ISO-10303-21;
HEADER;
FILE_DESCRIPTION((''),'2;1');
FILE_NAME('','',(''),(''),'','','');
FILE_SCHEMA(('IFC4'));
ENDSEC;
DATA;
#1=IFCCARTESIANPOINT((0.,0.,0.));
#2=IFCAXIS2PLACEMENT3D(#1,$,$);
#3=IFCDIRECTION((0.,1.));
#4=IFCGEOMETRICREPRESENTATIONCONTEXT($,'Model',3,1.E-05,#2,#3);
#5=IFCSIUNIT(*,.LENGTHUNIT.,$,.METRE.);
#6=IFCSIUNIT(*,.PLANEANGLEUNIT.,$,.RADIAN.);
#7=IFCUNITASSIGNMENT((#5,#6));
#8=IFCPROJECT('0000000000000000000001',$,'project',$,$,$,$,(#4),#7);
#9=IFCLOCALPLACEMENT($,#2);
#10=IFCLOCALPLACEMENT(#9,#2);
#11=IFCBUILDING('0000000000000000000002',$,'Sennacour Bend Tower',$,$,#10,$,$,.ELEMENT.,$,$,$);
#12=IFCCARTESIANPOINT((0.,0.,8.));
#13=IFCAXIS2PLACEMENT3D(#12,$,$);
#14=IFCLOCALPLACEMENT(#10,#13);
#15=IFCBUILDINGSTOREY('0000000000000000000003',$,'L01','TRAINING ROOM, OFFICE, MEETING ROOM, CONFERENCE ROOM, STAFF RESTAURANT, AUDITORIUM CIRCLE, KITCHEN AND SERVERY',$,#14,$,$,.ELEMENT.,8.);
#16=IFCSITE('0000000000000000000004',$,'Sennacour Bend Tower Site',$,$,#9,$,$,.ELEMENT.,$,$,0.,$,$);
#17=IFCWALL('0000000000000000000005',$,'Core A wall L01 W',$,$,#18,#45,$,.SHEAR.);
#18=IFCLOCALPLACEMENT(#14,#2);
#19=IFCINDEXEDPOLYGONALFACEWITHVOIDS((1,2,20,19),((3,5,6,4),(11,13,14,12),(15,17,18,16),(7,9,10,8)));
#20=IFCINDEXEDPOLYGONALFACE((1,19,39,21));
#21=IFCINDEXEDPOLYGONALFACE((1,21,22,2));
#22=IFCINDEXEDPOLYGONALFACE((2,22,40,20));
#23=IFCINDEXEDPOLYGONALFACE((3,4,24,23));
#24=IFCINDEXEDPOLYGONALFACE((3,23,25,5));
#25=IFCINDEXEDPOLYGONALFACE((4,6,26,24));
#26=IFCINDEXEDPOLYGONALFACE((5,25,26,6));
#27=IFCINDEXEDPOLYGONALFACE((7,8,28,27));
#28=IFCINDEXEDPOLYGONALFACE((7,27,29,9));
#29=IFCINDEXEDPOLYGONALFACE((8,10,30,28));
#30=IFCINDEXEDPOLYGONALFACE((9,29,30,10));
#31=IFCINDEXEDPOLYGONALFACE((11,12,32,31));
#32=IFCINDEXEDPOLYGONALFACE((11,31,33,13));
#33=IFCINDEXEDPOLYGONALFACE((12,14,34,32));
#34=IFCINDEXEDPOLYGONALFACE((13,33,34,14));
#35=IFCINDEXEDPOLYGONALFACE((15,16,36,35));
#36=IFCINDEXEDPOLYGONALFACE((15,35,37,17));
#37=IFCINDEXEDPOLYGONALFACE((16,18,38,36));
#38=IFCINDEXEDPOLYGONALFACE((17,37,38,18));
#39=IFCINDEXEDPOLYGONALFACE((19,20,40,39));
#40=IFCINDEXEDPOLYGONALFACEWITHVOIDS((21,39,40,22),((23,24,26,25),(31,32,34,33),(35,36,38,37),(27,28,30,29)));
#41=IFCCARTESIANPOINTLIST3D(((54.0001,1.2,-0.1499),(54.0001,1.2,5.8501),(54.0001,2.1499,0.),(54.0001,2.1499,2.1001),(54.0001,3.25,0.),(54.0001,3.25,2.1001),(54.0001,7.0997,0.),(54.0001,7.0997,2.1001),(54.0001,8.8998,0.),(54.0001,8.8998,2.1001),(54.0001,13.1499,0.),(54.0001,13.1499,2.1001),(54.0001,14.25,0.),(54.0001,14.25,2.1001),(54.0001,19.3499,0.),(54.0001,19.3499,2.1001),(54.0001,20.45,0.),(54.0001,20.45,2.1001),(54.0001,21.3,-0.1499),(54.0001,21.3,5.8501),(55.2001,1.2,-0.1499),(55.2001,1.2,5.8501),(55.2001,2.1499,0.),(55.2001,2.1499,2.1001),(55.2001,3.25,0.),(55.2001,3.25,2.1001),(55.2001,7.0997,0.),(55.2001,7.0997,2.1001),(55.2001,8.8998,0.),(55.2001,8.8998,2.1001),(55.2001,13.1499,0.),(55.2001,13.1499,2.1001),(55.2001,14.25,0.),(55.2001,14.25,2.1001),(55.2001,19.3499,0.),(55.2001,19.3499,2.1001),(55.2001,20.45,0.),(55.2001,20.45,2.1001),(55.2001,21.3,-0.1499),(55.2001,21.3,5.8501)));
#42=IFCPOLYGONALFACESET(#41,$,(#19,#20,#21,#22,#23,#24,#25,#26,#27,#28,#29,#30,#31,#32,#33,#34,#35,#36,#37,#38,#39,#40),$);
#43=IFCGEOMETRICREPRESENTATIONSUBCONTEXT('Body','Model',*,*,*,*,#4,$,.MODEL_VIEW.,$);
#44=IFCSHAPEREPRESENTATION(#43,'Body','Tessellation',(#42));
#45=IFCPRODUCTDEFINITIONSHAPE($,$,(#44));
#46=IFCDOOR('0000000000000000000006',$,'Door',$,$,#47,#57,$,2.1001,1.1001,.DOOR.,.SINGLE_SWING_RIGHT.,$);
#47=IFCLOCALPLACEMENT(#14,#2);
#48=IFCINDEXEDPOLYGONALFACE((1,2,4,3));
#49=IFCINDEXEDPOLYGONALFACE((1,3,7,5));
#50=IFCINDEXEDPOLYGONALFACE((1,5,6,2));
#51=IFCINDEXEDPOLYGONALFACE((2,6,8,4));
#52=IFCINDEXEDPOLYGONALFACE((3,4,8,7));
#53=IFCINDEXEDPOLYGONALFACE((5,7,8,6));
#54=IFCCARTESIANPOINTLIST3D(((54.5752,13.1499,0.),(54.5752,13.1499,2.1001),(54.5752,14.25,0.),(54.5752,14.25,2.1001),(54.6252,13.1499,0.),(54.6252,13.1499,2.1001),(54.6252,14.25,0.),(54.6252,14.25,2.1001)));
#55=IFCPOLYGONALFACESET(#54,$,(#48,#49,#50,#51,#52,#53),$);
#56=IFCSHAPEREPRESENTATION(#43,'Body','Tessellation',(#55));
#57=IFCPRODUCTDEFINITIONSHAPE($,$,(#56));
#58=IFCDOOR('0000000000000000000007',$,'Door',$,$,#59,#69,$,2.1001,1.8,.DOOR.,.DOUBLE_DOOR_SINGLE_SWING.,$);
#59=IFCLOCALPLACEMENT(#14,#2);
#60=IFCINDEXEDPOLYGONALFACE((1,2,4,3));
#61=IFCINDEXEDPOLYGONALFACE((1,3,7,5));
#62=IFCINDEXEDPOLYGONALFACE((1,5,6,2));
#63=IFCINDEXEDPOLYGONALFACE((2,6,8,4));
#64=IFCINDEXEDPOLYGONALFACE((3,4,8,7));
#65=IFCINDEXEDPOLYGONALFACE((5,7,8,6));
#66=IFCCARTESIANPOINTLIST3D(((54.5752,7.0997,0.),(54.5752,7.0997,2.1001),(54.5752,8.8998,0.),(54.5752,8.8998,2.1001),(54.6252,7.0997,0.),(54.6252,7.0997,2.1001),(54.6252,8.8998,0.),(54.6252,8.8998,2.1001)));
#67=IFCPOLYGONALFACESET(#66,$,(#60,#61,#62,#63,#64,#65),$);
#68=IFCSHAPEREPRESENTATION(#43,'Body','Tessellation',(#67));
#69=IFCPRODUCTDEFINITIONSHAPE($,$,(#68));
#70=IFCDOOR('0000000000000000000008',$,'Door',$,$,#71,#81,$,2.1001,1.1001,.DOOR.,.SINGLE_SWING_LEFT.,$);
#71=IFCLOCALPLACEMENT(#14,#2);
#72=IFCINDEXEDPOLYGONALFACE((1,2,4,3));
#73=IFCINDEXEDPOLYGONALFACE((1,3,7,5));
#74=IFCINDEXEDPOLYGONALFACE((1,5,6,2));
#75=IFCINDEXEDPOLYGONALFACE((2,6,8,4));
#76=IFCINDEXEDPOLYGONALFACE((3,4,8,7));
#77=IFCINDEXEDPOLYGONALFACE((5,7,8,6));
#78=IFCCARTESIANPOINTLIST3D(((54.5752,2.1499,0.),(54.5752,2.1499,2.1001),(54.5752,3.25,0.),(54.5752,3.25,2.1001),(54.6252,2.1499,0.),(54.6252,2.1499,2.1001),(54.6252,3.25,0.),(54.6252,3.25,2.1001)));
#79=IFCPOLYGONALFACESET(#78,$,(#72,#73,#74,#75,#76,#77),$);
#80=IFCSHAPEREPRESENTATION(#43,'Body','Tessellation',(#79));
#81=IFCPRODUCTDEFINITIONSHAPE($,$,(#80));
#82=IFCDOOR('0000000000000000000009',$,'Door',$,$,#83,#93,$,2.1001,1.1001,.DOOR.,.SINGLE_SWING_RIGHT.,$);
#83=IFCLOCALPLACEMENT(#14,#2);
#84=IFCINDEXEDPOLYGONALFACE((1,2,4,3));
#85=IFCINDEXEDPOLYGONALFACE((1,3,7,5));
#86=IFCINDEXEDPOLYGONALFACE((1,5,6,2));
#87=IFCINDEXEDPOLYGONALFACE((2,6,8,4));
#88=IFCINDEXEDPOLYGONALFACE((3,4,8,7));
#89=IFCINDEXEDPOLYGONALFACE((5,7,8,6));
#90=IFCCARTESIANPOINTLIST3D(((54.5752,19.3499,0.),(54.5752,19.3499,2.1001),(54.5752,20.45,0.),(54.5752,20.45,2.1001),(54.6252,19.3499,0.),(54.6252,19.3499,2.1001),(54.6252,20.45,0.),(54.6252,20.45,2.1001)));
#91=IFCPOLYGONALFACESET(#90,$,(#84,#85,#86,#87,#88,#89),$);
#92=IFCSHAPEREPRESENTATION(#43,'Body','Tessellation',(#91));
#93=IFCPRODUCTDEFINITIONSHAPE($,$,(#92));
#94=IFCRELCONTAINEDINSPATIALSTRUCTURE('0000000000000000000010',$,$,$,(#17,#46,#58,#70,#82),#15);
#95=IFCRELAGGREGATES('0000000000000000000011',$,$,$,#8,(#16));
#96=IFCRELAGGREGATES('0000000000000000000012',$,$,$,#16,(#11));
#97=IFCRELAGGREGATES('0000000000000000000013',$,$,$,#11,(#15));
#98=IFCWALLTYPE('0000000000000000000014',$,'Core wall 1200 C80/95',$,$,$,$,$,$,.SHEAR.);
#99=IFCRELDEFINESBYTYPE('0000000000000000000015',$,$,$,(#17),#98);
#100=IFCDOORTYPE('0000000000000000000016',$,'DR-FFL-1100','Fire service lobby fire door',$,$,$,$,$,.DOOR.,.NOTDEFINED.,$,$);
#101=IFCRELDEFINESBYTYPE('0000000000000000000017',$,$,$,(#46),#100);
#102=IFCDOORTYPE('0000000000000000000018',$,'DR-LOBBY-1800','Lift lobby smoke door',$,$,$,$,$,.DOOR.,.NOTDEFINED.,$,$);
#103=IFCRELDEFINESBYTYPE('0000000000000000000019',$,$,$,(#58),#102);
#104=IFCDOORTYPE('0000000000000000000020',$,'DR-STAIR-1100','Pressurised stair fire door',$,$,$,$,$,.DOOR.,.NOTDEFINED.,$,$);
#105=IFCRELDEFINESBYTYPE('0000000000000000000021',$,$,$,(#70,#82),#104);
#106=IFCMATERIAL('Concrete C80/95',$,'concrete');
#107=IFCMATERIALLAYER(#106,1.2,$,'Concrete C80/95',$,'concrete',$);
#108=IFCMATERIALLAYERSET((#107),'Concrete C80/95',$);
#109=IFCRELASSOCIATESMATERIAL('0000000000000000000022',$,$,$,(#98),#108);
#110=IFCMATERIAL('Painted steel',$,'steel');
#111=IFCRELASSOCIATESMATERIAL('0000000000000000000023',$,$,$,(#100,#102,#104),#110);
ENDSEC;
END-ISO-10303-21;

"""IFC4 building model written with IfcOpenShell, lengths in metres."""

from ifc_helpers import new_model, si_unit, direction, frame, frame_2d, origin, place, context, subcontext, project, spatial, rectangle, extrude, material, layer, layer_set, type_object, element, fill, save


model = new_model("IFC4")

# Units and contexts
model_context = context("Model", 3, precision=1e-05, world=origin(), true_north=direction((0.0, 1.0)))
body_context = subcontext(model_context, "Body", "Model", "MODEL_VIEW")
ifc_project = project(units=[si_unit("LENGTHUNIT", "METRE"), si_unit("PLANEANGLEUNIT", "RADIAN")], contexts=[model_context])

# Site, building, storey
site_placement = place(None, origin())
site = spatial("IfcSite", under=ifc_project, at=site_placement, Name="Sennacour Bend Tower Site", CompositionType="ELEMENT", RefElevation=0.0)
building_placement = place(site_placement, origin())
building = spatial("IfcBuilding", under=site, at=building_placement, Name="Sennacour Bend Tower", CompositionType="ELEMENT")
storey_placement = place(building_placement, frame((0.0, 0.0, 8.0)))
storey = spatial("IfcBuildingStorey", under=building, at=storey_placement, Name="L01", Description="TRAINING ROOM, OFFICE, MEETING ROOM, CONFERENCE ROOM, STAFF RESTAURANT, AUDITORIUM CIRCLE, KITCHEN AND SERVERY", CompositionType="ELEMENT", Elevation=8.0)

# Wall, openings, doors
ifc_material_1 = material(Name="Concrete C80/95", Category="concrete")
ifc_layer_1 = layer(ifc_material_1, 1.2, Name="Concrete C80/95", Category="concrete")
ifc_layer_set_1 = layer_set([ifc_layer_1], Name="Concrete C80/95")
wall_type_1 = type_object("IfcWallType", Name="Core wall 1200 C80/95", PredefinedType="SHEAR", material=ifc_layer_set_1)
wall_1_placement = place(storey_placement, frame((54.6001, 1.2, -0.1499), z_axis=(0.0, 0.0, 1.0), x_axis=(0.0, 1.0, 0.0)))
wall_1 = element("IfcWall", 1, at=wall_1_placement, inside=storey, type_object=wall_type_1, Name="Core A wall L01 W", PredefinedType="SHEAR", context=body_context, shape_type="SweptSolid", body=[
    extrude(rectangle(XDim=20.1001, YDim=1.2, at=frame_2d((10.05, 0.0))), origin(), (0.0, 0.0, 1.0), 6.0),
])
opening_1_placement = place(wall_1_placement, frame((5.8999, 0.0, 0.1499)))
opening_1 = element("IfcOpeningElement", 2, at=opening_1_placement, cuts=wall_1, PredefinedType="OPENING", context=body_context, shape_type="SweptSolid", body=[
    extrude(rectangle(XDim=1.8, YDim=2.1001, at=frame_2d((0.8999, 1.05))), frame((0.0, 0.6099, 0.0), z_axis=(0.0, -1.0, 0.0), x_axis=(1.0, 0.0, 0.0)), (0.0, 0.0, 1.0), 1.22),
])
opening_2_placement = place(wall_1_placement, frame((11.95, 0.0, 0.1499)))
opening_2 = element("IfcOpeningElement", 3, at=opening_2_placement, cuts=wall_1, PredefinedType="OPENING", context=body_context, shape_type="SweptSolid", body=[
    extrude(rectangle(XDim=1.1001, YDim=2.1001, at=frame_2d((0.55, 1.05))), frame((0.0, 0.6099, 0.0), z_axis=(0.0, -1.0, 0.0), x_axis=(1.0, 0.0, 0.0)), (0.0, 0.0, 1.0), 1.22),
])
opening_3_placement = place(wall_1_placement, frame((0.95, 0.0, 0.1499)))
opening_3 = element("IfcOpeningElement", 4, at=opening_3_placement, cuts=wall_1, PredefinedType="OPENING", context=body_context, shape_type="SweptSolid", body=[
    extrude(rectangle(XDim=1.1001, YDim=2.1001, at=frame_2d((0.55, 1.05))), frame((0.0, 0.6099, 0.0), z_axis=(0.0, -1.0, 0.0), x_axis=(1.0, 0.0, 0.0)), (0.0, 0.0, 1.0), 1.22),
])
opening_4_placement = place(wall_1_placement, frame((18.1499, 0.0, 0.1499)))
opening_4 = element("IfcOpeningElement", 5, at=opening_4_placement, cuts=wall_1, PredefinedType="OPENING", context=body_context, shape_type="SweptSolid", body=[
    extrude(rectangle(XDim=1.1001, YDim=2.1001, at=frame_2d((0.55, 1.05))), frame((0.0, 0.6099, 0.0), z_axis=(0.0, -1.0, 0.0), x_axis=(1.0, 0.0, 0.0)), (0.0, 0.0, 1.0), 1.22),
])
ifc_material_2 = material(Name="Painted steel", Category="steel")
door_type_1 = type_object("IfcDoorType", Name="DR-FFL-1100", Description="Fire service lobby fire door", OperationType="NOTDEFINED", PredefinedType="DOOR", material=ifc_material_2)
door_1_placement = place(opening_2_placement, origin())
door_1 = element("IfcDoor", 6, at=door_1_placement, inside=storey, type_object=door_type_1, Name="Door", OperationType="SINGLE_SWING_RIGHT", OverallHeight=2.1001, OverallWidth=1.1001, PredefinedType="DOOR", context=body_context, shape_type="SweptSolid", body=[
    extrude(rectangle(XDim=1.1001, YDim=2.1001, at=frame_2d((0.55, 1.05))), frame((0.0, 0.0249, 0.0), z_axis=(0.0, -1.0, 0.0), x_axis=(1.0, 0.0, 0.0)), (0.0, 0.0, 1.0), 0.05),
])
fill(opening_2, door_1)
door_type_2 = type_object("IfcDoorType", Name="DR-LOBBY-1800", Description="Lift lobby smoke door", OperationType="NOTDEFINED", PredefinedType="DOOR", material=ifc_material_2)
door_2_placement = place(opening_1_placement, origin())
door_2 = element("IfcDoor", 7, at=door_2_placement, inside=storey, type_object=door_type_2, Name="Door", OperationType="DOUBLE_DOOR_SINGLE_SWING", OverallHeight=2.1001, OverallWidth=1.8, PredefinedType="DOOR", context=body_context, shape_type="SweptSolid", body=[
    extrude(rectangle(XDim=1.8, YDim=2.1001, at=frame_2d((0.8999, 1.05))), frame((0.0, 0.0249, 0.0), z_axis=(0.0, -1.0, 0.0), x_axis=(1.0, 0.0, 0.0)), (0.0, 0.0, 1.0), 0.05),
])
fill(opening_1, door_2)
door_type_3 = type_object("IfcDoorType", Name="DR-STAIR-1100", Description="Pressurised stair fire door", OperationType="NOTDEFINED", PredefinedType="DOOR", material=ifc_material_2)
door_3_placement = place(opening_3_placement, origin())
door_3 = element("IfcDoor", 8, at=door_3_placement, inside=storey, type_object=door_type_3, Name="Door", OperationType="SINGLE_SWING_LEFT", OverallHeight=2.1001, OverallWidth=1.1001, PredefinedType="DOOR", context=body_context, shape_type="SweptSolid", body=[
    extrude(rectangle(XDim=1.1001, YDim=2.1001, at=frame_2d((0.55, 1.05))), frame((0.0, 0.0249, 0.0), z_axis=(0.0, -1.0, 0.0), x_axis=(1.0, 0.0, 0.0)), (0.0, 0.0, 1.0), 0.05),
])
fill(opening_3, door_3)
door_4_placement = place(opening_4_placement, origin())
door_4 = element("IfcDoor", 9, at=door_4_placement, inside=storey, type_object=door_type_3, Name="Door", OperationType="SINGLE_SWING_RIGHT", OverallHeight=2.1001, OverallWidth=1.1001, PredefinedType="DOOR", context=body_context, shape_type="SweptSolid", body=[
    extrude(rectangle(XDim=1.1001, YDim=2.1001, at=frame_2d((0.55, 1.05))), frame((0.0, 0.0249, 0.0), z_axis=(0.0, -1.0, 0.0), x_axis=(1.0, 0.0, 0.0)), (0.0, 0.0, 1.0), 0.05),
])
fill(opening_4, door_4)

save(model, "model.ifc")
